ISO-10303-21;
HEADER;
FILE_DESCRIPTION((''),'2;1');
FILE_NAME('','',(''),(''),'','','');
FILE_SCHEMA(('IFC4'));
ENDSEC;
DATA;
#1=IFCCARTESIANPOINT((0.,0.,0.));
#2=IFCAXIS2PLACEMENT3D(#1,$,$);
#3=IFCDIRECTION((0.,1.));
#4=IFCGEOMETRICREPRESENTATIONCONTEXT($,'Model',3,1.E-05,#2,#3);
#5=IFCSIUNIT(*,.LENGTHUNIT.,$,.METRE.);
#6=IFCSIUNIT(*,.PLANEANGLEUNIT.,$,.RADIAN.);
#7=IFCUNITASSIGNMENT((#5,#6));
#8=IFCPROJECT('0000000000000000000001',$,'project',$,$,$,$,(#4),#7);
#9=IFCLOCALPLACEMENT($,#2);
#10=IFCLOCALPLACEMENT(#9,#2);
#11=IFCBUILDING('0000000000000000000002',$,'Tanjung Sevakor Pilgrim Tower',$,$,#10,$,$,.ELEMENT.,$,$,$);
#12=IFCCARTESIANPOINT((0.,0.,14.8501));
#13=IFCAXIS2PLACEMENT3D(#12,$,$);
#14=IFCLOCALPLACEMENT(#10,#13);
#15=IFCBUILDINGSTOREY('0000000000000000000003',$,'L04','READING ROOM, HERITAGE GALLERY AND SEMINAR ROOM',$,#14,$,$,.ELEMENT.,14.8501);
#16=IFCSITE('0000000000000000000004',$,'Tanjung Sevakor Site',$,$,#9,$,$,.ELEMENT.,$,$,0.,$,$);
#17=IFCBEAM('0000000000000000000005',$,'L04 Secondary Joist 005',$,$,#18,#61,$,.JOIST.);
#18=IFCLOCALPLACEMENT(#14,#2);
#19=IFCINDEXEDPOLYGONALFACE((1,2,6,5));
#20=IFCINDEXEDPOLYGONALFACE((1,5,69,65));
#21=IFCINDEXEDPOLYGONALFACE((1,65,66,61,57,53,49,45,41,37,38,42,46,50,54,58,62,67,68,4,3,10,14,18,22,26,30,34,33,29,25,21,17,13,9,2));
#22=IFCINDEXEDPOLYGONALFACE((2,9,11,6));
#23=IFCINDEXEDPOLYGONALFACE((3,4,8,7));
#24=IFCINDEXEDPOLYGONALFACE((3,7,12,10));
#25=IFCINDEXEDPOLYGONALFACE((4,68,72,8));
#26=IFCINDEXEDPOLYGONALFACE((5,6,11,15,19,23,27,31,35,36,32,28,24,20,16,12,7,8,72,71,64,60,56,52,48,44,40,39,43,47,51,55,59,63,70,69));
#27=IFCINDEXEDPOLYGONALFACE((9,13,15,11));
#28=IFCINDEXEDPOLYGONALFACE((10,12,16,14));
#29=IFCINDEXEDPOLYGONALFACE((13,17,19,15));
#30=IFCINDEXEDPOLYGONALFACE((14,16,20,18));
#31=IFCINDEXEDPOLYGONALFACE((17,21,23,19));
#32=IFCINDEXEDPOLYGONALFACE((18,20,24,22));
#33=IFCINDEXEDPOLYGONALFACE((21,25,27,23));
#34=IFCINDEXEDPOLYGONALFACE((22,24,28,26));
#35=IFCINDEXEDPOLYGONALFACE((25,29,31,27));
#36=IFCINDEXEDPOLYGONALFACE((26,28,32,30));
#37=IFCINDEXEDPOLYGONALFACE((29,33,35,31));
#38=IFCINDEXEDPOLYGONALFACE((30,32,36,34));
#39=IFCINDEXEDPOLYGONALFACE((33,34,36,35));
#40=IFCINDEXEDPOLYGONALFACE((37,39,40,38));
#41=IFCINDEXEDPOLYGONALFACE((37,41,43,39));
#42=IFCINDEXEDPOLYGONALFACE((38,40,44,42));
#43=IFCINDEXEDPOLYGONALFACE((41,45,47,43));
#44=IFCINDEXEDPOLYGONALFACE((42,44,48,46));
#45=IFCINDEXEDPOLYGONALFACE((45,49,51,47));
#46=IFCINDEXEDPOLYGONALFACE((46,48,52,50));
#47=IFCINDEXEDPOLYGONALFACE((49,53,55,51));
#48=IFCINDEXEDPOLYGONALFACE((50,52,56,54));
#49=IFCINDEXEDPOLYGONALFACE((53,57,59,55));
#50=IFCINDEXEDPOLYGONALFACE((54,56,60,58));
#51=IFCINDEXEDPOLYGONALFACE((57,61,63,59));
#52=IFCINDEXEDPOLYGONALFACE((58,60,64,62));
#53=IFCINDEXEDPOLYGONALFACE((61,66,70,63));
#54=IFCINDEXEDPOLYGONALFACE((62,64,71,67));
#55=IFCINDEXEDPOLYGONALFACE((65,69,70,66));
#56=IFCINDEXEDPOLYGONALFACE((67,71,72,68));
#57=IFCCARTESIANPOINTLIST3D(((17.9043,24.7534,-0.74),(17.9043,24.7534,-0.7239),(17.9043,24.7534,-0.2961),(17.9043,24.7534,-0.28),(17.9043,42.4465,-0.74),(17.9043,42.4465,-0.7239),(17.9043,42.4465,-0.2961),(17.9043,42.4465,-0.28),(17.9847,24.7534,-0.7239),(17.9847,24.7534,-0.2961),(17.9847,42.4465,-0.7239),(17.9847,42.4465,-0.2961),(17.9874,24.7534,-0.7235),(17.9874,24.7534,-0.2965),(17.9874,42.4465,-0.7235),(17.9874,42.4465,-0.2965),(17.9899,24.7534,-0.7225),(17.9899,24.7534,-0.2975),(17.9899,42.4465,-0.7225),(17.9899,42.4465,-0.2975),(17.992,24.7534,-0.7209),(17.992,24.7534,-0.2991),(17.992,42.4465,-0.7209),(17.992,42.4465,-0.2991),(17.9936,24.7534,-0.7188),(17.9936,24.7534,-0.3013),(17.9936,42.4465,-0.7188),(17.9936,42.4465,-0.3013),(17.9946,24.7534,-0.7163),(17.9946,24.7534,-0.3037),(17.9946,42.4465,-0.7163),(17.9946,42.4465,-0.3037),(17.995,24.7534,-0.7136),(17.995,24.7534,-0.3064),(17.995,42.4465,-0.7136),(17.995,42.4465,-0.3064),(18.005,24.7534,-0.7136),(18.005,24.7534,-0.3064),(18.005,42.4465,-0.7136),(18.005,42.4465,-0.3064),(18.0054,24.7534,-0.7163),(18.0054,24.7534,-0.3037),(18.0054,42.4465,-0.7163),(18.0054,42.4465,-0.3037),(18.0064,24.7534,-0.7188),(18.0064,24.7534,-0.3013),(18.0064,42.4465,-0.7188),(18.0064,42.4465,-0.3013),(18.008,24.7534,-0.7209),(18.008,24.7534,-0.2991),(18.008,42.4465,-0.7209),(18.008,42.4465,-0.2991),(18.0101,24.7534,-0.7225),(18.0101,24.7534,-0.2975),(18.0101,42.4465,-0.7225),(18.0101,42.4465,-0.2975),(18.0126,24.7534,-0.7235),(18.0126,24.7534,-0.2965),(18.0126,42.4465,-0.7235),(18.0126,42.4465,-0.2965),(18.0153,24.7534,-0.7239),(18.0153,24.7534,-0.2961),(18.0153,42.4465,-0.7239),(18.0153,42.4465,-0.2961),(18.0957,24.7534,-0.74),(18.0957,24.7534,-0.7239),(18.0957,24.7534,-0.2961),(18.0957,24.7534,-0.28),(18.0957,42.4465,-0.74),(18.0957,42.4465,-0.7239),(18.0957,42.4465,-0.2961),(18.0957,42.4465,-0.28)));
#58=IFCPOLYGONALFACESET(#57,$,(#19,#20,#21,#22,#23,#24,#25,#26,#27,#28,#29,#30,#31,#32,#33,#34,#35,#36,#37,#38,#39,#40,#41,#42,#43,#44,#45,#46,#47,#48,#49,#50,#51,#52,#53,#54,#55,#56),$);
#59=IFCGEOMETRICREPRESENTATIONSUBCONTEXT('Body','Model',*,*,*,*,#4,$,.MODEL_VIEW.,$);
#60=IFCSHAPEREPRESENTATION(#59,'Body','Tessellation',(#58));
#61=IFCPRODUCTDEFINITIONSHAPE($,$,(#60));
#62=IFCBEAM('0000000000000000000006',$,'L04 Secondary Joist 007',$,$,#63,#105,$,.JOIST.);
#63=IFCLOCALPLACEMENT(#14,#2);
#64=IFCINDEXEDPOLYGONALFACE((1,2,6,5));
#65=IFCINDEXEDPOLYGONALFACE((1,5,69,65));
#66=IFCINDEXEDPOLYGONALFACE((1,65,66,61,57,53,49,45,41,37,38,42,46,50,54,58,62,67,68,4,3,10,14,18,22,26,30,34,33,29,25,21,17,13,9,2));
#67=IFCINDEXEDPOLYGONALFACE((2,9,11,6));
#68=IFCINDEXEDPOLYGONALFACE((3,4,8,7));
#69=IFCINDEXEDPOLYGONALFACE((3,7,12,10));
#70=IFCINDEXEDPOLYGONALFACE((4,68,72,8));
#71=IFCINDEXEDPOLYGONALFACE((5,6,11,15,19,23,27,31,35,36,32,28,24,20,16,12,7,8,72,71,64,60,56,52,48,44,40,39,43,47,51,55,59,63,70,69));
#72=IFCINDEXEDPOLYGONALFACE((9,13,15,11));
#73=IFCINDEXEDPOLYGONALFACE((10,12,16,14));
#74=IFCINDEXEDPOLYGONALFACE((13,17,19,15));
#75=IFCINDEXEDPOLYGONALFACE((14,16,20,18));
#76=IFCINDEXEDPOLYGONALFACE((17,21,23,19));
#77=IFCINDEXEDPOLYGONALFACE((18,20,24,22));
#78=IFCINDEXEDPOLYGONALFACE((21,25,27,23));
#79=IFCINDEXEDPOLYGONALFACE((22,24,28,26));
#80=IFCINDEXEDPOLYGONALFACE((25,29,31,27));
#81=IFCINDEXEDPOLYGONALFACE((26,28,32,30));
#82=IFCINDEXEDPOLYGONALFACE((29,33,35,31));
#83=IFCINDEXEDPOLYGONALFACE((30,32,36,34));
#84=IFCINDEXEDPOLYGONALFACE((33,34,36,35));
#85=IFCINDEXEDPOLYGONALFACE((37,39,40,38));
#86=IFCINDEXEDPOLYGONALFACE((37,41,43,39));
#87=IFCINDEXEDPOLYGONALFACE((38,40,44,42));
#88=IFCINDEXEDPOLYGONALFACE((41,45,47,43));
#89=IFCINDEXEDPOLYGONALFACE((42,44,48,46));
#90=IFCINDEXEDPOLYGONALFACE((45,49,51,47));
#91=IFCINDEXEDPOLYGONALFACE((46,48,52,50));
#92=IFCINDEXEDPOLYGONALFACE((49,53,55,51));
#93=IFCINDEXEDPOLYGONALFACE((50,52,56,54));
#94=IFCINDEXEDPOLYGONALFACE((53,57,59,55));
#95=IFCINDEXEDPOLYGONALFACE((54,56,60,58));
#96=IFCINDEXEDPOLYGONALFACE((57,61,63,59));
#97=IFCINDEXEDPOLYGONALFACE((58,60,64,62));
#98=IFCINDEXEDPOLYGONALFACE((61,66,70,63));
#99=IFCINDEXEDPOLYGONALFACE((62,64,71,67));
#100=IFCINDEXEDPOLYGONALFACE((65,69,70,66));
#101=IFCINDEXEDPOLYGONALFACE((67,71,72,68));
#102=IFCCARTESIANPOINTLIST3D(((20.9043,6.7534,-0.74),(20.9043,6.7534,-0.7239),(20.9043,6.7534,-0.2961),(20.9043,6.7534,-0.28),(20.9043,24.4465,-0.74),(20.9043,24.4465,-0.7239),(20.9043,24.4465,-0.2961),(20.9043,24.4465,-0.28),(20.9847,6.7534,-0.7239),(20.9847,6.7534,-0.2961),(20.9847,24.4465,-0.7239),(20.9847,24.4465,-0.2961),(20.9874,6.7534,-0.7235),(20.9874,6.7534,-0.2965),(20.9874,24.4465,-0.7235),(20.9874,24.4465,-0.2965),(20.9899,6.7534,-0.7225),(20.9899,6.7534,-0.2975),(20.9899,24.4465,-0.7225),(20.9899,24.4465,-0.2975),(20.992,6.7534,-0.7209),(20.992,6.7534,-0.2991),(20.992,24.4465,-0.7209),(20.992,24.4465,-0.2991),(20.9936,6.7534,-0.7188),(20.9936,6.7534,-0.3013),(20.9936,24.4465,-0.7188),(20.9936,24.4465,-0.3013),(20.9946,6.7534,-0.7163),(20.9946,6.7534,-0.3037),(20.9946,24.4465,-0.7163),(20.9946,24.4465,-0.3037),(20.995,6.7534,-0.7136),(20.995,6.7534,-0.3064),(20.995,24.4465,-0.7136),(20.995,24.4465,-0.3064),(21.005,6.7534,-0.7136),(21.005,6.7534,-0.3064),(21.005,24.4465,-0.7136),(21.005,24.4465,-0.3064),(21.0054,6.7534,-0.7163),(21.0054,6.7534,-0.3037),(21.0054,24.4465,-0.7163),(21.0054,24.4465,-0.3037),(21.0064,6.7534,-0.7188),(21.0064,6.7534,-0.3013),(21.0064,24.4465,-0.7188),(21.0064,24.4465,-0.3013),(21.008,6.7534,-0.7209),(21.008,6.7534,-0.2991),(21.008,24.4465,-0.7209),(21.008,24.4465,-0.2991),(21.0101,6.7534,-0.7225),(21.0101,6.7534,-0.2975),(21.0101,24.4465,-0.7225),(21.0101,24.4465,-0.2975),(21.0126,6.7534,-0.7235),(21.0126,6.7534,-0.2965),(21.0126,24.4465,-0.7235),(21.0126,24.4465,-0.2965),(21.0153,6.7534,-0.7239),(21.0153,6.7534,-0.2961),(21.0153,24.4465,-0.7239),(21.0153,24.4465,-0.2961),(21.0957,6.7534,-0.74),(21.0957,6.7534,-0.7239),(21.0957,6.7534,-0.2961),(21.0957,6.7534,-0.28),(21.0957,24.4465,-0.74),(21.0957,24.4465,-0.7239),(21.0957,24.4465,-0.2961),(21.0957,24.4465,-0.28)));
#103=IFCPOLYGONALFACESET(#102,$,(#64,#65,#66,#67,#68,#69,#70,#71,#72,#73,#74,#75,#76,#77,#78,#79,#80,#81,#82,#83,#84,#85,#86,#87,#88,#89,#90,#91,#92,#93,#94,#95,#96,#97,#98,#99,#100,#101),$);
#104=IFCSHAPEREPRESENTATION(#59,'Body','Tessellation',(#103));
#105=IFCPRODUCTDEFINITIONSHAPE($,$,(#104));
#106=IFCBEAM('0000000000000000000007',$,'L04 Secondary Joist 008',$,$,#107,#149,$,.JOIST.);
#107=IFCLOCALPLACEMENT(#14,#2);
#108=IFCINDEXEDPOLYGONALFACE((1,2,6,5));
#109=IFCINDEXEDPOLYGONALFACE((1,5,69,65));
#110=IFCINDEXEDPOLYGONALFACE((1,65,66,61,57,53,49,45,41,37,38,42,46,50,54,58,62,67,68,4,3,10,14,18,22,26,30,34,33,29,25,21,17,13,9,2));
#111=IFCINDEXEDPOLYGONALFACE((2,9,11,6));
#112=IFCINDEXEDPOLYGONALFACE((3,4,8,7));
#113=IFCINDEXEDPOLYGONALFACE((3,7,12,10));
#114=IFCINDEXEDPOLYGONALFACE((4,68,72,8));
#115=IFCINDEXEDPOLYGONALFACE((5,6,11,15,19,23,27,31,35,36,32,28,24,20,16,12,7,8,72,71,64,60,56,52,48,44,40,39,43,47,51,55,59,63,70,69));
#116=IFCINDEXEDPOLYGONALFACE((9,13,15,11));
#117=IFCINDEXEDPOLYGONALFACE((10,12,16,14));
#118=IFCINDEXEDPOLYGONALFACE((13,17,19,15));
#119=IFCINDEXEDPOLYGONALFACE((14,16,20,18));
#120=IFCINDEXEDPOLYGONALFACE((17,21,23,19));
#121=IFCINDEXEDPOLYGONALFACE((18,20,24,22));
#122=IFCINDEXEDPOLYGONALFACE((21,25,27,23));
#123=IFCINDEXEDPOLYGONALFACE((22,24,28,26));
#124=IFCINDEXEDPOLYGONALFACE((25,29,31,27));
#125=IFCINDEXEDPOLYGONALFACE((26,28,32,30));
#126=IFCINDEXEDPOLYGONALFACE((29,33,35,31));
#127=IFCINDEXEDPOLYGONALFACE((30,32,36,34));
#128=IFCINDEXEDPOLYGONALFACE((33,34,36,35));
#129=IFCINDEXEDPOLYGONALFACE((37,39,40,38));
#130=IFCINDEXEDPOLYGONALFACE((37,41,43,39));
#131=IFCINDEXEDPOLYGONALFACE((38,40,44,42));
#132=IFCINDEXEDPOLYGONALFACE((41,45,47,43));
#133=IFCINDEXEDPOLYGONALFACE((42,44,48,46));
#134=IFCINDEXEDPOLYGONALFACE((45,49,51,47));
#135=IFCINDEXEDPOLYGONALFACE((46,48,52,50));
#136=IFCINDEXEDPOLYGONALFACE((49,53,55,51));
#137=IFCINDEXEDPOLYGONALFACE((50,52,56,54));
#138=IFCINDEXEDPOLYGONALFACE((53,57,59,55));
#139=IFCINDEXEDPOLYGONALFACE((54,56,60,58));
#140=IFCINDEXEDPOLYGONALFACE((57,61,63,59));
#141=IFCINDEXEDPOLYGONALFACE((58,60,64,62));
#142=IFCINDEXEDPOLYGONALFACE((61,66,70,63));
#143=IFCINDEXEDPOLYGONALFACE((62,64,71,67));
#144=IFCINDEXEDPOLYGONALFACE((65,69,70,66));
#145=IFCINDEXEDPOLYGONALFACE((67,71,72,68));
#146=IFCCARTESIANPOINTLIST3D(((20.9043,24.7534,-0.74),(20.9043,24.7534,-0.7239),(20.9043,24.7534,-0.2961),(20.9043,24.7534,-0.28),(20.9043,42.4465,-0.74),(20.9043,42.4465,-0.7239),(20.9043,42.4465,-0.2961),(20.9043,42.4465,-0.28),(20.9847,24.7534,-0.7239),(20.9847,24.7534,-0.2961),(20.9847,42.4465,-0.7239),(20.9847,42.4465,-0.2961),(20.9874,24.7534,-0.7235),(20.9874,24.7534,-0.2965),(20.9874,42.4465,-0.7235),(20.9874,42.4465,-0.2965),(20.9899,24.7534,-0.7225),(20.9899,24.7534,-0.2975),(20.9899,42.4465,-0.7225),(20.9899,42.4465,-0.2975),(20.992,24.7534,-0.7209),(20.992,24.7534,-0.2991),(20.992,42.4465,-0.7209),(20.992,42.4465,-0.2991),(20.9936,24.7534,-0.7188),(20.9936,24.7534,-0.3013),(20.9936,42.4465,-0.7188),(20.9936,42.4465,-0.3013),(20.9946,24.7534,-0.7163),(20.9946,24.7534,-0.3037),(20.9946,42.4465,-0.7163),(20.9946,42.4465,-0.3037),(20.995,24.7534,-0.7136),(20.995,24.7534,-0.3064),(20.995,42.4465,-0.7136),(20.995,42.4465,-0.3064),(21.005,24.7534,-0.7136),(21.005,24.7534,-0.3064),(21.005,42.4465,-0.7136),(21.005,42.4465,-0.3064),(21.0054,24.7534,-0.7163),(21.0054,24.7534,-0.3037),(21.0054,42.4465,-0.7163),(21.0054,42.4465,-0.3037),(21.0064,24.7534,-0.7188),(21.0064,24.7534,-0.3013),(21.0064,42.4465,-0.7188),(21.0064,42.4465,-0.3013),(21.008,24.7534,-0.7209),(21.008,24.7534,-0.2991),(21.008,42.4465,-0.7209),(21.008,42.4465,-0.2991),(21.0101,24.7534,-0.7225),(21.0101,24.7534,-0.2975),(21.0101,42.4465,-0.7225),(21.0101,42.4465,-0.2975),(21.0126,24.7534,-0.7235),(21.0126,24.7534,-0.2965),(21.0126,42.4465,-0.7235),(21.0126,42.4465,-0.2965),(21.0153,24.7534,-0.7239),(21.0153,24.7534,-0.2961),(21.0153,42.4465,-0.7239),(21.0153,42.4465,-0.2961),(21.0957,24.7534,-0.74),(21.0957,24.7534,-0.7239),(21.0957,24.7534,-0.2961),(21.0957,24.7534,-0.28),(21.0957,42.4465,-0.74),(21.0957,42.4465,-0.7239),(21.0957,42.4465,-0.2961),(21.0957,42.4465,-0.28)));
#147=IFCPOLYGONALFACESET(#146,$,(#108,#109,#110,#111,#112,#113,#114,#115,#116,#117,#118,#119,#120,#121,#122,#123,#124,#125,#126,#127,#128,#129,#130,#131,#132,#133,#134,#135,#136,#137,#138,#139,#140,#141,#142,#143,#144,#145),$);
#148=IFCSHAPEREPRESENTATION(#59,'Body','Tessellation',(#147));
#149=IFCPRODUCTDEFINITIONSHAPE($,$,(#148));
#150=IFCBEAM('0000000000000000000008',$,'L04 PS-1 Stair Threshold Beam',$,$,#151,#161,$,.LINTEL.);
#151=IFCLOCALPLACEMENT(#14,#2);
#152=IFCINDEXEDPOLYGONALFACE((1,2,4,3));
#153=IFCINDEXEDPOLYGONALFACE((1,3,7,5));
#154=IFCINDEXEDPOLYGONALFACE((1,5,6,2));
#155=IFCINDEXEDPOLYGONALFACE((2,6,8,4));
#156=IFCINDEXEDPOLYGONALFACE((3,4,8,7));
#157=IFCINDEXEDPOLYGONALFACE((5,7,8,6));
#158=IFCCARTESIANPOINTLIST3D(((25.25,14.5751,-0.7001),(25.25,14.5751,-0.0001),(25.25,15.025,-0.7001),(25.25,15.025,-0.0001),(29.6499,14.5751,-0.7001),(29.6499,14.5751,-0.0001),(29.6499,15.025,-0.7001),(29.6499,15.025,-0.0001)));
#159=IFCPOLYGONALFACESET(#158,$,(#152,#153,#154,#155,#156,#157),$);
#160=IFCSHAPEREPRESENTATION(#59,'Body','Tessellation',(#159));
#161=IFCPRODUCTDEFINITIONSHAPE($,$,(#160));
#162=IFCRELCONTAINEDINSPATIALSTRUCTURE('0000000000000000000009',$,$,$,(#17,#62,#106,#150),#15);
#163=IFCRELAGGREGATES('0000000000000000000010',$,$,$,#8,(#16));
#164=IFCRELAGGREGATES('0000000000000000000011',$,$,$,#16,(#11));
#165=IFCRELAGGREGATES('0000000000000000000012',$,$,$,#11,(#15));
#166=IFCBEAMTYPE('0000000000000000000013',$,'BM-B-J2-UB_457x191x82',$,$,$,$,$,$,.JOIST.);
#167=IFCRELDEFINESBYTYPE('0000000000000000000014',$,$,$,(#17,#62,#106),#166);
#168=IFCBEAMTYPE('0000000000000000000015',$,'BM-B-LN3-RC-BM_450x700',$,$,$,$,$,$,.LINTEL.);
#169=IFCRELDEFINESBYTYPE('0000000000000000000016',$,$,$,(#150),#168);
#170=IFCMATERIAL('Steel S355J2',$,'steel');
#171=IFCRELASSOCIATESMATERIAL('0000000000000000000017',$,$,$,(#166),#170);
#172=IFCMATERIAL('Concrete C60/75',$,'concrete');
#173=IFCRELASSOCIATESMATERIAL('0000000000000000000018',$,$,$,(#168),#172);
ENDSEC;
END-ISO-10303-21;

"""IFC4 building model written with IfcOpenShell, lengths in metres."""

from ifc_helpers import new_model, si_unit, direction, frame, origin, origin_2d, place, context, subcontext, project, spatial, rectangle, i_section, extrude, material, material_profile, profile_set, type_object, element, save


model = new_model("IFC4")

# Units and contexts
model_context = context("Model", 3, precision=1e-05, world=origin(), true_north=direction((0.0, 1.0)))
body_context = subcontext(model_context, "Body", "Model", "MODEL_VIEW")
ifc_project = project(units=[si_unit("LENGTHUNIT", "METRE"), si_unit("PLANEANGLEUNIT", "RADIAN")], contexts=[model_context])

# Site, building, storey
site_placement = place(None, origin())
site = spatial("IfcSite", under=ifc_project, at=site_placement, Name="Tanjung Sevakor Site", CompositionType="ELEMENT", RefElevation=0.0)
building_placement = place(site_placement, origin())
building = spatial("IfcBuilding", under=site, at=building_placement, Name="Tanjung Sevakor Pilgrim Tower", CompositionType="ELEMENT")
storey_placement = place(building_placement, frame((0.0, 0.0, 14.8501)))
storey = spatial("IfcBuildingStorey", under=building, at=storey_placement, Name="L04", Description="READING ROOM, HERITAGE GALLERY AND SEMINAR ROOM", CompositionType="ELEMENT", Elevation=14.8501)

# Beams
ifc_material_1 = material(Name="Steel S355J2", Category="steel")
ifc_material_profile_1 = material_profile(ifc_material_1, i_section(OverallWidth=0.1914, OverallDepth=0.46, WebThickness=0.01, FlangeThickness=0.0161, FilletRadius=0.0103, at=origin_2d()))
ifc_profile_set_1 = profile_set([ifc_material_profile_1], Name="Steel S355J2")
beam_type_1 = type_object("IfcBeamType", Name="BM-B-J2-UB_457x191x82", PredefinedType="JOIST", material=ifc_profile_set_1)
for number, where, z_axis, x_axis, name in (
    (1, (18.0, 24.7534, -0.51), (0.0, 1.0, 0.0), (-1.0, 0.0, 0.0), "L04 Secondary Joist 005"),
    (2, (21.0, 6.7534, -0.51), (0.0, 1.0, 0.0), (-1.0, 0.0, 0.0), "L04 Secondary Joist 007"),
    (3, (21.0, 24.7534, -0.51), (0.0, 1.0, 0.0), (-1.0, 0.0, 0.0), "L04 Secondary Joist 008"),
):
    element("IfcBeam", number, at=place(storey_placement, frame(where, z_axis=z_axis, x_axis=x_axis)), inside=storey, type_object=beam_type_1, Name=name, PredefinedType="JOIST", context=body_context, shape_type="SweptSolid", body=[
        extrude(i_section(OverallWidth=0.1914, OverallDepth=0.46, WebThickness=0.01, FlangeThickness=0.0161, FilletRadius=0.0103, at=origin_2d()), origin(), (0.0, 0.0, 1.0), 17.6931),
    ])
ifc_material_2 = material(Name="Concrete C60/75", Category="concrete")
ifc_material_profile_2 = material_profile(ifc_material_2, rectangle(XDim=0.45, YDim=0.7, at=origin_2d()))
ifc_profile_set_2 = profile_set([ifc_material_profile_2], Name="Concrete C60/75")
beam_type_2 = type_object("IfcBeamType", Name="BM-B-LN3-RC-BM_450x700", PredefinedType="LINTEL", material=ifc_profile_set_2)
beam_placement = place(storey_placement, frame((25.25, 14.8, -0.3501), z_axis=(1.0, 0.0, 0.0), x_axis=(0.0, 1.0, 0.0)))
element("IfcBeam", 4, at=beam_placement, inside=storey, type_object=beam_type_2, Name="L04 PS-1 Stair Threshold Beam", PredefinedType="LINTEL", context=body_context, shape_type="SweptSolid", body=[
    extrude(rectangle(XDim=0.45, YDim=0.7, at=origin_2d()), origin(), (0.0, 0.0, 1.0), 4.3999),
])

save(model, "model.ifc")
